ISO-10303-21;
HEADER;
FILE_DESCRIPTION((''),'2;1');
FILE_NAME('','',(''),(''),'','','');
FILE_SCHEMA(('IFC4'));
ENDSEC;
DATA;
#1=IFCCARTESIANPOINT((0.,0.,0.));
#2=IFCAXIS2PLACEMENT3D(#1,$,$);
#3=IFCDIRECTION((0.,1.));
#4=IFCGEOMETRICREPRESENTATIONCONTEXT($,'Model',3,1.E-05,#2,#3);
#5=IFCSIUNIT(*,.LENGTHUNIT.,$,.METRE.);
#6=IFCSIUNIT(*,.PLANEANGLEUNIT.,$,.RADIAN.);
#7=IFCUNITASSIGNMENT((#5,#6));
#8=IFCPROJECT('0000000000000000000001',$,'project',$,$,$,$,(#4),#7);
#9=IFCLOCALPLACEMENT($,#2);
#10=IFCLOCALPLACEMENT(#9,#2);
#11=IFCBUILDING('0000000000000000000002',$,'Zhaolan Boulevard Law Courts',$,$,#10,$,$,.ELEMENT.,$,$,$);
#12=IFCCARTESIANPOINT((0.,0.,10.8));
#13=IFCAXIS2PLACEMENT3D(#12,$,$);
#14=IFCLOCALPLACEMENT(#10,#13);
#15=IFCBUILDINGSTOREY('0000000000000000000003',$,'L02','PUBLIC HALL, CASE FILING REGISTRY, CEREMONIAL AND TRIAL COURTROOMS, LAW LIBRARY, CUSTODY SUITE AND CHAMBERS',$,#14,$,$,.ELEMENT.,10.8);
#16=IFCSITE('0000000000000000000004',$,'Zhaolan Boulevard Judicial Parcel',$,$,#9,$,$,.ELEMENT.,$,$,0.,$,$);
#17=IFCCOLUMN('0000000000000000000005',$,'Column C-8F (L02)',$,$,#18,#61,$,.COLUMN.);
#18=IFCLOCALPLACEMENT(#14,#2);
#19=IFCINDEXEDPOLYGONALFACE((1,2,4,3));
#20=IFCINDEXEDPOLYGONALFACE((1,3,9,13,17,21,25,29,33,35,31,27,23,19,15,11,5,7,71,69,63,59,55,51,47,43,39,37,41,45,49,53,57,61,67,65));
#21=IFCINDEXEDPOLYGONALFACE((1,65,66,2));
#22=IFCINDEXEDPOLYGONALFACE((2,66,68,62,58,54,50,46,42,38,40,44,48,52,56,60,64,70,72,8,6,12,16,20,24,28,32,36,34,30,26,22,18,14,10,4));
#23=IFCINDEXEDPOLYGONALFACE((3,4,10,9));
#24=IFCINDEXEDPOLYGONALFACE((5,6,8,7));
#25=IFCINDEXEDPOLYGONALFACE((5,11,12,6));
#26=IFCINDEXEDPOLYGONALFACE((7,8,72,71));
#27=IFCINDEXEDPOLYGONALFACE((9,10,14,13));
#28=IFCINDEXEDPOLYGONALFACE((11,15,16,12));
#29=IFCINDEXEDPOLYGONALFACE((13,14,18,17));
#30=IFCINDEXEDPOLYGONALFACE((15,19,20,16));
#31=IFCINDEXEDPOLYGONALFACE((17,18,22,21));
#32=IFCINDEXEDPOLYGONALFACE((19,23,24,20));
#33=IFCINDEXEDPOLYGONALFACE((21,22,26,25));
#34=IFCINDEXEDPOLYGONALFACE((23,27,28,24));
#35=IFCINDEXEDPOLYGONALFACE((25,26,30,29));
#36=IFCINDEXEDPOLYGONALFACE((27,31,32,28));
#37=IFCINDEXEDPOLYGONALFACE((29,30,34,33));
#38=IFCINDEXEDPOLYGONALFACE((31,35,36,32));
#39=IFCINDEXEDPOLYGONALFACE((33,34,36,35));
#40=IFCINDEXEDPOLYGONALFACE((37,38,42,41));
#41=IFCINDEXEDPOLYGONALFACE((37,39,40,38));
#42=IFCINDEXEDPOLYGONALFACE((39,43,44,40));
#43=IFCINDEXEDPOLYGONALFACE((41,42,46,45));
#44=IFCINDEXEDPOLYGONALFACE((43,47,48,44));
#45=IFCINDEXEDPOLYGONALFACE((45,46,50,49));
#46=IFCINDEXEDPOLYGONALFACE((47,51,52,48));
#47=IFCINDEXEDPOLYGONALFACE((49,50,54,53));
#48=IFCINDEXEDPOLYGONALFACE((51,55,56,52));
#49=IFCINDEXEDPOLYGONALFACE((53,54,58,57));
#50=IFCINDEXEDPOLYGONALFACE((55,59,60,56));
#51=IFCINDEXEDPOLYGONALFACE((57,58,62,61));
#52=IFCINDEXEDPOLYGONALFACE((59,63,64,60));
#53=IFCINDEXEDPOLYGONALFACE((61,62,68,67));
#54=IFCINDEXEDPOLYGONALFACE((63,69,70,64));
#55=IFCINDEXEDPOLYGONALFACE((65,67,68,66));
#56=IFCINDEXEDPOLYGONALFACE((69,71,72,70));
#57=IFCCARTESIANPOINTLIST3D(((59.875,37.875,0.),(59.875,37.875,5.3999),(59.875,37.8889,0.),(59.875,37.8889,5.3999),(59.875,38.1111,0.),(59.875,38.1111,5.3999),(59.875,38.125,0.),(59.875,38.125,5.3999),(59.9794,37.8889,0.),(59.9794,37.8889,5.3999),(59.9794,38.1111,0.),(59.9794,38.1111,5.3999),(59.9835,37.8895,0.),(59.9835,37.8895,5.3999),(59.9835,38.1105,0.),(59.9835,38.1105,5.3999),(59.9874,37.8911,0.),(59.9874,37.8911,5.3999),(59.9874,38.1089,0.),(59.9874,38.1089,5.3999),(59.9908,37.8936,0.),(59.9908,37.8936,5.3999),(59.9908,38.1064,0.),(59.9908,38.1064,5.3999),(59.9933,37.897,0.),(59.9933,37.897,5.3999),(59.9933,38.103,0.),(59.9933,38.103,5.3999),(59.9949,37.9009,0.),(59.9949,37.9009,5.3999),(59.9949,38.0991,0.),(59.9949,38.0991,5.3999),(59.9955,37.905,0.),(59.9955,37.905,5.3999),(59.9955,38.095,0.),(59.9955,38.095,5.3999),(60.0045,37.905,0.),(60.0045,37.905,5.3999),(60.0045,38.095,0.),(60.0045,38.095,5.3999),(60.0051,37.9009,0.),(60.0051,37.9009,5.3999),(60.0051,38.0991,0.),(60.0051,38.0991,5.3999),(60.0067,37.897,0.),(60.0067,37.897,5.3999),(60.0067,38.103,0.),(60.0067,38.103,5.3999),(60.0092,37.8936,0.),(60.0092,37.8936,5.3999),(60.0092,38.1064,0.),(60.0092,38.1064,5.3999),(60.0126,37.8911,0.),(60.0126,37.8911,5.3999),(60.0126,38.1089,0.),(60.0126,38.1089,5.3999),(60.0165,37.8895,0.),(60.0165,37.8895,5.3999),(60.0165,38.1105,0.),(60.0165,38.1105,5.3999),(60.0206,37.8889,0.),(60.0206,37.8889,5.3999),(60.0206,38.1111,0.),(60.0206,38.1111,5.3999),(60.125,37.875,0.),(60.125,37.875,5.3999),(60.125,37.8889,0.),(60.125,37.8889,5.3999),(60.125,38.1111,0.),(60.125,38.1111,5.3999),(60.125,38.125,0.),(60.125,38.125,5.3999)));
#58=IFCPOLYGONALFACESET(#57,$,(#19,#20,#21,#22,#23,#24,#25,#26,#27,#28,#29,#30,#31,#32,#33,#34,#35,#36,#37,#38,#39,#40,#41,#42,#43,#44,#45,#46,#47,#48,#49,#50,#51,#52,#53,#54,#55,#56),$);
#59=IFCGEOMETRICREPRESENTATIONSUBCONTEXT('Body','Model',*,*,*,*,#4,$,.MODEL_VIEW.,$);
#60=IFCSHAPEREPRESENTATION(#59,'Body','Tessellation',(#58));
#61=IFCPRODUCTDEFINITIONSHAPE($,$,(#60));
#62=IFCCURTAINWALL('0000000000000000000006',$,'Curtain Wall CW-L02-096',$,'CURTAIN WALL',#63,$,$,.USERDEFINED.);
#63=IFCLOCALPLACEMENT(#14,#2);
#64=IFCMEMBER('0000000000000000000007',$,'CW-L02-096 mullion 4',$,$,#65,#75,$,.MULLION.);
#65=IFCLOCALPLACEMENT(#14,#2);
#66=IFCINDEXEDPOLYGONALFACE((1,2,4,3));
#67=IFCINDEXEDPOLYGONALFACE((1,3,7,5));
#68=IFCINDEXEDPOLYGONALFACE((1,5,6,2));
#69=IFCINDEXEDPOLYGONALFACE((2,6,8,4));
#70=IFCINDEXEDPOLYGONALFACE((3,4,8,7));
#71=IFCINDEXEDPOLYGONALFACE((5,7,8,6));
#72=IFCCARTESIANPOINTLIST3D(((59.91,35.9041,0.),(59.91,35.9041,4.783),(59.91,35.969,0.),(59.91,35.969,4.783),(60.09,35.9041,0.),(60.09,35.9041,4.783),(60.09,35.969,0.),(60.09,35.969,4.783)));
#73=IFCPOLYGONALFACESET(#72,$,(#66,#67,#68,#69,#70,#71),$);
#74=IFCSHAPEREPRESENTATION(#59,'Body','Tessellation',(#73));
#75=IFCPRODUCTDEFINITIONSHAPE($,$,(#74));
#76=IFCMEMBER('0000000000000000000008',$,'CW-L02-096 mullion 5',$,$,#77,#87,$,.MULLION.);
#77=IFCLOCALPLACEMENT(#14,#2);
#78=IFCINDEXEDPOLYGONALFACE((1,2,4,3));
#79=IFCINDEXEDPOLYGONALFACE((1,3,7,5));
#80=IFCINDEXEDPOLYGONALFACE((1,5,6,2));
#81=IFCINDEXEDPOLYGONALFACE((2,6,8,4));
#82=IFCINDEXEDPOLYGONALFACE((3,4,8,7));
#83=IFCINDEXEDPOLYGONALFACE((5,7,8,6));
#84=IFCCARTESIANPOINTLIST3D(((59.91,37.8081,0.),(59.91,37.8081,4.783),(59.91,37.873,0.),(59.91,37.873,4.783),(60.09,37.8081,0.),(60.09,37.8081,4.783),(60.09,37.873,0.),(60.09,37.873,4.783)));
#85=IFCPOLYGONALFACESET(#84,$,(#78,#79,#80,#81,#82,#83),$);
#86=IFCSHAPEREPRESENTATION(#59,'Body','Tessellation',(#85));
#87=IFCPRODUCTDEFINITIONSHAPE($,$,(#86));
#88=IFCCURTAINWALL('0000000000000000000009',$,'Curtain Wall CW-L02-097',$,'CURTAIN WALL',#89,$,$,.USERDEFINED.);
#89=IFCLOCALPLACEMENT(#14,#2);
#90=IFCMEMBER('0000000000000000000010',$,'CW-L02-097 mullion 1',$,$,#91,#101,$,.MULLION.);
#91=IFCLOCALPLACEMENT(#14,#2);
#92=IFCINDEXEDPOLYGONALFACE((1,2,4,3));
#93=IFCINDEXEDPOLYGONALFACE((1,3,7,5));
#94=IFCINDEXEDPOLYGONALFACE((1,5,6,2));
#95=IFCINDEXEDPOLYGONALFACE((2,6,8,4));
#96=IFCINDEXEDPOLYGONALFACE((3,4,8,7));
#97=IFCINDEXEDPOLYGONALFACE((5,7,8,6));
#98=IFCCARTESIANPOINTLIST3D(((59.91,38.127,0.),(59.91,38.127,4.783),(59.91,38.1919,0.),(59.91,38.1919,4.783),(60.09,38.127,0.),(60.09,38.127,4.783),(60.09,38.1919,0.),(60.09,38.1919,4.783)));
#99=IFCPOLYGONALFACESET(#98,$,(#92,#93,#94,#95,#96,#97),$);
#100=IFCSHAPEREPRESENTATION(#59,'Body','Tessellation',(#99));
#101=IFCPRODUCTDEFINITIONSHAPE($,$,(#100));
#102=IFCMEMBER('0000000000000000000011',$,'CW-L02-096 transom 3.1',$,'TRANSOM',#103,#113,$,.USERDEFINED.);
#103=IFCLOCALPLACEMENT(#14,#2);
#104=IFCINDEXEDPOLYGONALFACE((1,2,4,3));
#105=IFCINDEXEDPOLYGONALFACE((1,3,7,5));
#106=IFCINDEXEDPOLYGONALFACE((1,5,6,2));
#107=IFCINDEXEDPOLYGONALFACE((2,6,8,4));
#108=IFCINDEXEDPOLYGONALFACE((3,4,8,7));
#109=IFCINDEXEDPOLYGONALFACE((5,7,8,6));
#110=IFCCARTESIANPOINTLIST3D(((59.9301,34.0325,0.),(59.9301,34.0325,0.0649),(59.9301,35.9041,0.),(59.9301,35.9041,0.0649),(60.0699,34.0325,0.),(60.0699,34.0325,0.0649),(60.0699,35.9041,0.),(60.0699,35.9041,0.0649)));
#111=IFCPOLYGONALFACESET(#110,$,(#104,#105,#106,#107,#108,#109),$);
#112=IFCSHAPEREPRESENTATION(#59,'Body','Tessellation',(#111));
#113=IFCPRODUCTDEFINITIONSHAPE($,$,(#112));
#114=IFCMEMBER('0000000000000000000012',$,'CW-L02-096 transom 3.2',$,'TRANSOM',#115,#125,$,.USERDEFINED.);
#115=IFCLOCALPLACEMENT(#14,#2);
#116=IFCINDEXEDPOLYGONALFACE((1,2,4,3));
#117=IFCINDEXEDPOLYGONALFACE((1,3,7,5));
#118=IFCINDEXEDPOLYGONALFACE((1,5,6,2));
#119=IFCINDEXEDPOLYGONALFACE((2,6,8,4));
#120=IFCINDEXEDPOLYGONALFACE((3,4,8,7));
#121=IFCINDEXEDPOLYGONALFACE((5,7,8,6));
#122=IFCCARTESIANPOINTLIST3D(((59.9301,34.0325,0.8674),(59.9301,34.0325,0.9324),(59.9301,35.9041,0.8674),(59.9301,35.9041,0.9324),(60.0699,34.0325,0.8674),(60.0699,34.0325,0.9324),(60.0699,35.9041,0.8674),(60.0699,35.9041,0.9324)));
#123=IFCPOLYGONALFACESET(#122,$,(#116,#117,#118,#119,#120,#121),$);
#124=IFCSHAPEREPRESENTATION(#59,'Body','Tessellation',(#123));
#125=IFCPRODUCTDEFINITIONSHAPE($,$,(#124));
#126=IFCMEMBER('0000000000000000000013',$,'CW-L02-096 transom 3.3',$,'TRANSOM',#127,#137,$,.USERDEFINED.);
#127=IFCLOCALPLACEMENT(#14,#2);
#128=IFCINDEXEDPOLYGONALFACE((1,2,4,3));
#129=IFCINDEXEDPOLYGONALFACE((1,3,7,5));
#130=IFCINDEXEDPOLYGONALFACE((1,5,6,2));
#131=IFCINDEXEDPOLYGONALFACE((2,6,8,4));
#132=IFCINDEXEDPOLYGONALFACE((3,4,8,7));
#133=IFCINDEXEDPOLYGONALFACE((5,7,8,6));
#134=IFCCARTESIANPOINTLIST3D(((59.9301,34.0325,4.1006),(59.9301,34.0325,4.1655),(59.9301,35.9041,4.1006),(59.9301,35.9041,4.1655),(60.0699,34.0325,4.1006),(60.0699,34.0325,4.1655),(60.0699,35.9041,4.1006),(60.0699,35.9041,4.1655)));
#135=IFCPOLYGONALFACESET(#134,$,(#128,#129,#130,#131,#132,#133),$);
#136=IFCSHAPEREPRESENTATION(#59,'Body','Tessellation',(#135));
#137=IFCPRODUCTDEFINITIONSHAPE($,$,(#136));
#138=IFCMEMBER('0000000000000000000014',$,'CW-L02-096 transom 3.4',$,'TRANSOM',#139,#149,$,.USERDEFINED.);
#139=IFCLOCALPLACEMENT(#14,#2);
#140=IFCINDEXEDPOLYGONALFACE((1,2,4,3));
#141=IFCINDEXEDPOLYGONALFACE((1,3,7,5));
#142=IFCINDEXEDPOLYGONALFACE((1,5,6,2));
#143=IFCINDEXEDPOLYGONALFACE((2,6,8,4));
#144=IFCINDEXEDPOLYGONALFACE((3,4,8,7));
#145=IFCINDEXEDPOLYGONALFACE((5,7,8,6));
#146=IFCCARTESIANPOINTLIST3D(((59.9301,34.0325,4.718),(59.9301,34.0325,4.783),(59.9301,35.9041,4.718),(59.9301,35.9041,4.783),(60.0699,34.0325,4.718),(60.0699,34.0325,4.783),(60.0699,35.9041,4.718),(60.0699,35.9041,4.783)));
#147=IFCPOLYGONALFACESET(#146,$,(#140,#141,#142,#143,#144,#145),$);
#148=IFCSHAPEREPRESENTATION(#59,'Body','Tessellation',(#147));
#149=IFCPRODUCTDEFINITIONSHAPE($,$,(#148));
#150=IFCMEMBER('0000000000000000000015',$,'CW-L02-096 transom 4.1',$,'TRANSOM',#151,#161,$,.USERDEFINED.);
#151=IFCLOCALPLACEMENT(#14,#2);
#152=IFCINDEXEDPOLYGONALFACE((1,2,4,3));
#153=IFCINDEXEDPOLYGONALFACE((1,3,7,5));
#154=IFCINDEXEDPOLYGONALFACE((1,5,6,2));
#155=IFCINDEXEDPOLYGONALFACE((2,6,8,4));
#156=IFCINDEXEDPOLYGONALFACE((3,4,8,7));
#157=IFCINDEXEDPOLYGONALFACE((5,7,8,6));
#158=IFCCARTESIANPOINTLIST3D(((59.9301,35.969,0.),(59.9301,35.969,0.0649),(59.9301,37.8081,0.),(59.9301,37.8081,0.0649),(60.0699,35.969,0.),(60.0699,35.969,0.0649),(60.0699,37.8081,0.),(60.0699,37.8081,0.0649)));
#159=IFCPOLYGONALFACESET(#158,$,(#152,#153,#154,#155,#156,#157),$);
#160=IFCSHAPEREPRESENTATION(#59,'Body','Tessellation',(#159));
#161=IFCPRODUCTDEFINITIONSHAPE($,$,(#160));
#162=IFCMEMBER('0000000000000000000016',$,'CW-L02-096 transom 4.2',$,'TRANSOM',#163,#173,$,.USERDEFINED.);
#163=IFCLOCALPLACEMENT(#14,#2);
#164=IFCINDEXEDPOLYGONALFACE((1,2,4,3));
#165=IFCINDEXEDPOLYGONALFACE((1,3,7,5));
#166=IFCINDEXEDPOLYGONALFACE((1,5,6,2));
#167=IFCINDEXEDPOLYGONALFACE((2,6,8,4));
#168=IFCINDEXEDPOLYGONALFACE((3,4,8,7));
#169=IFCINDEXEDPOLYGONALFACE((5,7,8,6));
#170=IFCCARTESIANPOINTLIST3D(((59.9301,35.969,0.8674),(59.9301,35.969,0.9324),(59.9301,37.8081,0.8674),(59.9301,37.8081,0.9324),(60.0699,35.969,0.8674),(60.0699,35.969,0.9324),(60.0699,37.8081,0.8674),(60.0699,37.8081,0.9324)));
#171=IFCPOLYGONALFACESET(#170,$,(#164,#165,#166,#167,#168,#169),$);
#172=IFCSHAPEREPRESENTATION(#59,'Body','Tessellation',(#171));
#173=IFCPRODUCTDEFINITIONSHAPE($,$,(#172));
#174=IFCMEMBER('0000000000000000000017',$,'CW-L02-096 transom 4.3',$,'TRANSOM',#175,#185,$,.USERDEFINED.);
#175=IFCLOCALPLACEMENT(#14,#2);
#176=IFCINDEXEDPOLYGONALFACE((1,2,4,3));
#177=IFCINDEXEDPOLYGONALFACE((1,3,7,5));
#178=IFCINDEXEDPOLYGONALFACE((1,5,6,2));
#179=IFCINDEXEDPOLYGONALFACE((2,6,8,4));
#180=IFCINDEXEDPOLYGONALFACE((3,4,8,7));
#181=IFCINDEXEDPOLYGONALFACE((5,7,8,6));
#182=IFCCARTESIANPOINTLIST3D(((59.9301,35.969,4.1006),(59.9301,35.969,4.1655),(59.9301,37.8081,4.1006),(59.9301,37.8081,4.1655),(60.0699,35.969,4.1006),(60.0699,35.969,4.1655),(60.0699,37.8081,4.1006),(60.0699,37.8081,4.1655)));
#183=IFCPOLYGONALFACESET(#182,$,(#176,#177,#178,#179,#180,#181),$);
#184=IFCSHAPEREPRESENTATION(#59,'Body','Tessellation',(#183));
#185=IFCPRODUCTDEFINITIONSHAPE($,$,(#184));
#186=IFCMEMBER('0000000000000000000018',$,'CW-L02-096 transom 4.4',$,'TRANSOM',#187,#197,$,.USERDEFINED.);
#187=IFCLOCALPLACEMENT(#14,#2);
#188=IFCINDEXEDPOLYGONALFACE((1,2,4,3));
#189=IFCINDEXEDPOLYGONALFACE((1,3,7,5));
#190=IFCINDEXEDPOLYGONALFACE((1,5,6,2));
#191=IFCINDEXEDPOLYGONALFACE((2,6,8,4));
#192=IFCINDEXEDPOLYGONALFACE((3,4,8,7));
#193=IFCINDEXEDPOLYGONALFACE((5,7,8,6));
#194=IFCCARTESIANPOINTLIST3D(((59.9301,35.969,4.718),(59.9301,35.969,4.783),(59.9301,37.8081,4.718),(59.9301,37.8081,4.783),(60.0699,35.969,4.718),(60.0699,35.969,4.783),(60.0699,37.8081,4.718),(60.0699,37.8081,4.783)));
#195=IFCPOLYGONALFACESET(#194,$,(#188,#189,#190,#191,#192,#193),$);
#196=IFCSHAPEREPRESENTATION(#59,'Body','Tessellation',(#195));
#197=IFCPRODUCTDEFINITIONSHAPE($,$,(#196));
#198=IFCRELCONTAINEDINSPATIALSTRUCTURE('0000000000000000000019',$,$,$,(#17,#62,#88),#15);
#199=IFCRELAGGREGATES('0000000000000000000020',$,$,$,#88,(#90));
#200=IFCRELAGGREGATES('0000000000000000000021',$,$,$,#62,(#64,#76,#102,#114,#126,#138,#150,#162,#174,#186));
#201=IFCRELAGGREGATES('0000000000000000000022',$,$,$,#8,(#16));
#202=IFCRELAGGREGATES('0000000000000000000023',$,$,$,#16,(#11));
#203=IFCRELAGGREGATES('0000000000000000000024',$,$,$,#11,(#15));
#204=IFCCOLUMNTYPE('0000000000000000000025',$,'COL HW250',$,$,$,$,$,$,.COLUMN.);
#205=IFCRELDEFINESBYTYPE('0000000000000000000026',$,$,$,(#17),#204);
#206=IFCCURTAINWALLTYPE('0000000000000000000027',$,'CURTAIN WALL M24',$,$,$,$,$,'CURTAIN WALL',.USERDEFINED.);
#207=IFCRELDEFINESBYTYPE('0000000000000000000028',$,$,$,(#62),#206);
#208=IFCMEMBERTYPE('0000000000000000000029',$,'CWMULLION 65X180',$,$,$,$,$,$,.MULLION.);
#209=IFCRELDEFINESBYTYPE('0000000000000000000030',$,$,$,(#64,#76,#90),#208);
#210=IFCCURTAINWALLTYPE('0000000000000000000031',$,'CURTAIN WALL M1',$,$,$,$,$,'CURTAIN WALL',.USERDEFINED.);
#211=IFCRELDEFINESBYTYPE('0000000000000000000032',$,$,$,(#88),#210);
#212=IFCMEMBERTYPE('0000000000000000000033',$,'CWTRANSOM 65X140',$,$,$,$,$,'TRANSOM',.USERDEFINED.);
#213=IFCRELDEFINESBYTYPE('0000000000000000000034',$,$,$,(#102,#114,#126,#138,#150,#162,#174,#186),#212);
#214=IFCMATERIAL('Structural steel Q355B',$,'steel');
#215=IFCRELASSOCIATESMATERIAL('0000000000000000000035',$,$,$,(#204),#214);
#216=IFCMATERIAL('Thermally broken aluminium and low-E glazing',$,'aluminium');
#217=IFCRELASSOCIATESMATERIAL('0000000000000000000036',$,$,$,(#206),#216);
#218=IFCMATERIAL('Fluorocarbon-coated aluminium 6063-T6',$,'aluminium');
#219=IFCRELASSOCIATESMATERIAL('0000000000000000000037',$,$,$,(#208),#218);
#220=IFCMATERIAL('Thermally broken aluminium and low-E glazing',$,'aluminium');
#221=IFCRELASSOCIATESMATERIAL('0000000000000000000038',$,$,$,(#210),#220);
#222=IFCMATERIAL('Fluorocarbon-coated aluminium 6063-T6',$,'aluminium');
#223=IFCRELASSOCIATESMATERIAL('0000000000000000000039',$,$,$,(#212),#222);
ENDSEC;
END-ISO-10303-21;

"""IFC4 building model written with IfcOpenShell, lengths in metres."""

from ifc_helpers import new_model, si_unit, direction, frame, origin, origin_2d, place, context, subcontext, project, spatial, rectangle, i_section, extrude, material, material_profile, profile_set, type_object, element, aggregate, save


model = new_model("IFC4")

# Units and contexts
model_context = context("Model", 3, precision=1e-05, world=origin(), true_north=direction((0.0, 1.0)))
body_context = subcontext(model_context, "Body", "Model", "MODEL_VIEW")
ifc_project = project(units=[si_unit("LENGTHUNIT", "METRE"), si_unit("PLANEANGLEUNIT", "RADIAN")], contexts=[model_context])

# Site, building, storey
site_placement = place(None, origin())
site = spatial("IfcSite", under=ifc_project, at=site_placement, Name="Zhaolan Boulevard Judicial Parcel", CompositionType="ELEMENT", RefElevation=0.0)
building_placement = place(site_placement, origin())
building = spatial("IfcBuilding", under=site, at=building_placement, Name="Zhaolan Boulevard Law Courts", CompositionType="ELEMENT")
storey_placement = place(building_placement, frame((0.0, 0.0, 10.8)))
storey = spatial("IfcBuildingStorey", under=building, at=storey_placement, Name="L02", Description="PUBLIC HALL, CASE FILING REGISTRY, CEREMONIAL AND TRIAL COURTROOMS, LAW LIBRARY, CUSTODY SUITE AND CHAMBERS", CompositionType="ELEMENT", Elevation=10.8)

# Column
ifc_material_1 = material(Name="Structural steel Q355B", Category="steel")
ifc_material_profile_1 = material_profile(ifc_material_1, i_section(OverallWidth=0.25, OverallDepth=0.25, WebThickness=0.009, FlangeThickness=0.0139, FilletRadius=0.0161, at=origin_2d()), Name="HW250x250")
ifc_profile_set_1 = profile_set([ifc_material_profile_1], Name="Structural steel Q355B")
column_type = type_object("IfcColumnType", Name="COL HW250", PredefinedType="COLUMN", material=ifc_profile_set_1)
column_placement = place(storey_placement, frame((60.0, 38.0, 0.0), z_axis=(0.0, 0.0, 1.0), x_axis=(1.0, 0.0, 0.0)))
element("IfcColumn", 1, at=column_placement, inside=storey, type_object=column_type, Name="Column C-8F (L02)", PredefinedType="COLUMN", context=body_context, shape_type="SweptSolid", body=[
    extrude(i_section(OverallWidth=0.25, OverallDepth=0.25, WebThickness=0.009, FlangeThickness=0.0139, FilletRadius=0.0161, at=origin_2d()), origin(), (0.0, 0.0, 1.0), 5.3999),
])

# Curtain wall, members
ifc_material_2 = material(Name="Thermally broken aluminium and low-E glazing", Category="aluminium")
curtain_wall_type_1 = type_object("IfcCurtainWallType", Name="CURTAIN WALL M24", ElementType="CURTAIN WALL", PredefinedType="USERDEFINED", material=ifc_material_2)
curtain_wall_1_placement = place(storey_placement, origin())
curtain_wall_1 = element("IfcCurtainWall", 2, at=curtain_wall_1_placement, inside=storey, type_object=curtain_wall_type_1, Name="Curtain Wall CW-L02-096", ObjectType="CURTAIN WALL", PredefinedType="USERDEFINED")
ifc_material_3 = material(Name="Fluorocarbon-coated aluminium 6063-T6", Category="aluminium")
ifc_material_profile_2 = material_profile(ifc_material_3, rectangle(XDim=0.1799, YDim=0.0649, at=origin_2d()), Name="AL65x180")
ifc_profile_set_2 = profile_set([ifc_material_profile_2], Name="Fluorocarbon-coated aluminium 6063-T6")
member_type_1 = type_object("IfcMemberType", Name="CWMULLION 65X180", PredefinedType="MULLION", material=ifc_profile_set_2)
member_1_placement = place(storey_placement, frame((60.0, 35.9365, 0.0), z_axis=(0.0, 0.0, 1.0), x_axis=(-1.0, 0.0, 0.0)))
member_1 = element("IfcMember", 3, at=member_1_placement, type_object=member_type_1, Name="CW-L02-096 mullion 4", PredefinedType="MULLION", context=body_context, shape_type="SweptSolid", body=[
    extrude(rectangle(XDim=0.1799, YDim=0.0649, at=origin_2d()), origin(), (0.0, 0.0, 1.0), 4.783),
])
member_2_placement = place(storey_placement, frame((60.0, 37.8406, 0.0), z_axis=(0.0, 0.0, 1.0), x_axis=(-1.0, 0.0, 0.0)))
member_2 = element("IfcMember", 4, at=member_2_placement, type_object=member_type_1, Name="CW-L02-096 mullion 5", PredefinedType="MULLION", context=body_context, shape_type="SweptSolid", body=[
    extrude(rectangle(XDim=0.1799, YDim=0.0649, at=origin_2d()), origin(), (0.0, 0.0, 1.0), 4.783),
])

# Curtain wall, member
ifc_material_4 = material(Name="Thermally broken aluminium and low-E glazing", Category="aluminium")
curtain_wall_type_2 = type_object("IfcCurtainWallType", Name="CURTAIN WALL M1", ElementType="CURTAIN WALL", PredefinedType="USERDEFINED", material=ifc_material_4)
curtain_wall_2_placement = place(storey_placement, origin())
curtain_wall_2 = element("IfcCurtainWall", 5, at=curtain_wall_2_placement, inside=storey, type_object=curtain_wall_type_2, Name="Curtain Wall CW-L02-097", ObjectType="CURTAIN WALL", PredefinedType="USERDEFINED")
member_3_placement = place(storey_placement, frame((60.0, 38.1594, 0.0), z_axis=(0.0, 0.0, 1.0), x_axis=(-1.0, 0.0, 0.0)))
member_3 = element("IfcMember", 6, at=member_3_placement, type_object=member_type_1, Name="CW-L02-097 mullion 1", PredefinedType="MULLION", context=body_context, shape_type="SweptSolid", body=[
    extrude(rectangle(XDim=0.1799, YDim=0.0649, at=origin_2d()), origin(), (0.0, 0.0, 1.0), 4.783),
])

# Members
ifc_material_5 = material(Name="Fluorocarbon-coated aluminium 6063-T6", Category="aluminium")
ifc_material_profile_3 = material_profile(ifc_material_5, rectangle(XDim=0.1399, YDim=0.0649, at=origin_2d()), Name="AL65x140")
ifc_profile_set_3 = profile_set([ifc_material_profile_3], Name="Fluorocarbon-coated aluminium 6063-T6")
member_type_2 = type_object("IfcMemberType", Name="CWTRANSOM 65X140", ElementType="TRANSOM", PredefinedType="USERDEFINED", material=ifc_profile_set_3)
member_4_placement = place(storey_placement, frame((60.0, 34.0325, 0.0325), z_axis=(0.0, 1.0, 0.0), x_axis=(-1.0, 0.0, 0.0)))
member_4 = element("IfcMember", 7, at=member_4_placement, type_object=member_type_2, Name="CW-L02-096 transom 3.1", ObjectType="TRANSOM", PredefinedType="USERDEFINED", context=body_context, shape_type="SweptSolid", body=[
    extrude(rectangle(XDim=0.1399, YDim=0.0649, at=origin_2d()), origin(), (0.0, 0.0, 1.0), 1.8716),
])
member_5_placement = place(storey_placement, frame((60.0, 34.0325, 0.8999), z_axis=(0.0, 1.0, 0.0), x_axis=(-1.0, 0.0, 0.0)))
member_5 = element("IfcMember", 8, at=member_5_placement, type_object=member_type_2, Name="CW-L02-096 transom 3.2", ObjectType="TRANSOM", PredefinedType="USERDEFINED", context=body_context, shape_type="SweptSolid", body=[
    extrude(rectangle(XDim=0.1399, YDim=0.0649, at=origin_2d()), origin(), (0.0, 0.0, 1.0), 1.8716),
])
member_6_placement = place(storey_placement, frame((60.0, 34.0325, 4.1331), z_axis=(0.0, 1.0, 0.0), x_axis=(-1.0, 0.0, 0.0)))
member_6 = element("IfcMember", 9, at=member_6_placement, type_object=member_type_2, Name="CW-L02-096 transom 3.3", ObjectType="TRANSOM", PredefinedType="USERDEFINED", context=body_context, shape_type="SweptSolid", body=[
    extrude(rectangle(XDim=0.1399, YDim=0.0649, at=origin_2d()), origin(), (0.0, 0.0, 1.0), 1.8716),
])
member_7_placement = place(storey_placement, frame((60.0, 34.0325, 4.7505), z_axis=(0.0, 1.0, 0.0), x_axis=(-1.0, 0.0, 0.0)))
member_7 = element("IfcMember", 10, at=member_7_placement, type_object=member_type_2, Name="CW-L02-096 transom 3.4", ObjectType="TRANSOM", PredefinedType="USERDEFINED", context=body_context, shape_type="SweptSolid", body=[
    extrude(rectangle(XDim=0.1399, YDim=0.0649, at=origin_2d()), origin(), (0.0, 0.0, 1.0), 1.8716),
])
member_8_placement = place(storey_placement, frame((60.0, 35.969, 0.0325), z_axis=(0.0, 1.0, 0.0), x_axis=(-1.0, 0.0, 0.0)))
member_8 = element("IfcMember", 11, at=member_8_placement, type_object=member_type_2, Name="CW-L02-096 transom 4.1", ObjectType="TRANSOM", PredefinedType="USERDEFINED", context=body_context, shape_type="SweptSolid", body=[
    extrude(rectangle(XDim=0.1399, YDim=0.0649, at=origin_2d()), origin(), (0.0, 0.0, 1.0), 1.8391),
])
member_9_placement = place(storey_placement, frame((60.0, 35.969, 0.8999), z_axis=(0.0, 1.0, 0.0), x_axis=(-1.0, 0.0, 0.0)))
member_9 = element("IfcMember", 12, at=member_9_placement, type_object=member_type_2, Name="CW-L02-096 transom 4.2", ObjectType="TRANSOM", PredefinedType="USERDEFINED", context=body_context, shape_type="SweptSolid", body=[
    extrude(rectangle(XDim=0.1399, YDim=0.0649, at=origin_2d()), origin(), (0.0, 0.0, 1.0), 1.8391),
])
member_10_placement = place(storey_placement, frame((60.0, 35.969, 4.1331), z_axis=(0.0, 1.0, 0.0), x_axis=(-1.0, 0.0, 0.0)))
member_10 = element("IfcMember", 13, at=member_10_placement, type_object=member_type_2, Name="CW-L02-096 transom 4.3", ObjectType="TRANSOM", PredefinedType="USERDEFINED", context=body_context, shape_type="SweptSolid", body=[
    extrude(rectangle(XDim=0.1399, YDim=0.0649, at=origin_2d()), origin(), (0.0, 0.0, 1.0), 1.8391),
])
member_11_placement = place(storey_placement, frame((60.0, 35.969, 4.7505), z_axis=(0.0, 1.0, 0.0), x_axis=(-1.0, 0.0, 0.0)))
member_11 = element("IfcMember", 14, at=member_11_placement, type_object=member_type_2, Name="CW-L02-096 transom 4.4", ObjectType="TRANSOM", PredefinedType="USERDEFINED", context=body_context, shape_type="SweptSolid", body=[
    extrude(rectangle(XDim=0.1399, YDim=0.0649, at=origin_2d()), origin(), (0.0, 0.0, 1.0), 1.8391),
])
aggregate(curtain_wall_2, [member_3])

aggregate(curtain_wall_1, [member_1, member_2, member_4, member_5, member_6, member_7, member_8, member_9, member_10, member_11])

save(model, "model.ifc")
